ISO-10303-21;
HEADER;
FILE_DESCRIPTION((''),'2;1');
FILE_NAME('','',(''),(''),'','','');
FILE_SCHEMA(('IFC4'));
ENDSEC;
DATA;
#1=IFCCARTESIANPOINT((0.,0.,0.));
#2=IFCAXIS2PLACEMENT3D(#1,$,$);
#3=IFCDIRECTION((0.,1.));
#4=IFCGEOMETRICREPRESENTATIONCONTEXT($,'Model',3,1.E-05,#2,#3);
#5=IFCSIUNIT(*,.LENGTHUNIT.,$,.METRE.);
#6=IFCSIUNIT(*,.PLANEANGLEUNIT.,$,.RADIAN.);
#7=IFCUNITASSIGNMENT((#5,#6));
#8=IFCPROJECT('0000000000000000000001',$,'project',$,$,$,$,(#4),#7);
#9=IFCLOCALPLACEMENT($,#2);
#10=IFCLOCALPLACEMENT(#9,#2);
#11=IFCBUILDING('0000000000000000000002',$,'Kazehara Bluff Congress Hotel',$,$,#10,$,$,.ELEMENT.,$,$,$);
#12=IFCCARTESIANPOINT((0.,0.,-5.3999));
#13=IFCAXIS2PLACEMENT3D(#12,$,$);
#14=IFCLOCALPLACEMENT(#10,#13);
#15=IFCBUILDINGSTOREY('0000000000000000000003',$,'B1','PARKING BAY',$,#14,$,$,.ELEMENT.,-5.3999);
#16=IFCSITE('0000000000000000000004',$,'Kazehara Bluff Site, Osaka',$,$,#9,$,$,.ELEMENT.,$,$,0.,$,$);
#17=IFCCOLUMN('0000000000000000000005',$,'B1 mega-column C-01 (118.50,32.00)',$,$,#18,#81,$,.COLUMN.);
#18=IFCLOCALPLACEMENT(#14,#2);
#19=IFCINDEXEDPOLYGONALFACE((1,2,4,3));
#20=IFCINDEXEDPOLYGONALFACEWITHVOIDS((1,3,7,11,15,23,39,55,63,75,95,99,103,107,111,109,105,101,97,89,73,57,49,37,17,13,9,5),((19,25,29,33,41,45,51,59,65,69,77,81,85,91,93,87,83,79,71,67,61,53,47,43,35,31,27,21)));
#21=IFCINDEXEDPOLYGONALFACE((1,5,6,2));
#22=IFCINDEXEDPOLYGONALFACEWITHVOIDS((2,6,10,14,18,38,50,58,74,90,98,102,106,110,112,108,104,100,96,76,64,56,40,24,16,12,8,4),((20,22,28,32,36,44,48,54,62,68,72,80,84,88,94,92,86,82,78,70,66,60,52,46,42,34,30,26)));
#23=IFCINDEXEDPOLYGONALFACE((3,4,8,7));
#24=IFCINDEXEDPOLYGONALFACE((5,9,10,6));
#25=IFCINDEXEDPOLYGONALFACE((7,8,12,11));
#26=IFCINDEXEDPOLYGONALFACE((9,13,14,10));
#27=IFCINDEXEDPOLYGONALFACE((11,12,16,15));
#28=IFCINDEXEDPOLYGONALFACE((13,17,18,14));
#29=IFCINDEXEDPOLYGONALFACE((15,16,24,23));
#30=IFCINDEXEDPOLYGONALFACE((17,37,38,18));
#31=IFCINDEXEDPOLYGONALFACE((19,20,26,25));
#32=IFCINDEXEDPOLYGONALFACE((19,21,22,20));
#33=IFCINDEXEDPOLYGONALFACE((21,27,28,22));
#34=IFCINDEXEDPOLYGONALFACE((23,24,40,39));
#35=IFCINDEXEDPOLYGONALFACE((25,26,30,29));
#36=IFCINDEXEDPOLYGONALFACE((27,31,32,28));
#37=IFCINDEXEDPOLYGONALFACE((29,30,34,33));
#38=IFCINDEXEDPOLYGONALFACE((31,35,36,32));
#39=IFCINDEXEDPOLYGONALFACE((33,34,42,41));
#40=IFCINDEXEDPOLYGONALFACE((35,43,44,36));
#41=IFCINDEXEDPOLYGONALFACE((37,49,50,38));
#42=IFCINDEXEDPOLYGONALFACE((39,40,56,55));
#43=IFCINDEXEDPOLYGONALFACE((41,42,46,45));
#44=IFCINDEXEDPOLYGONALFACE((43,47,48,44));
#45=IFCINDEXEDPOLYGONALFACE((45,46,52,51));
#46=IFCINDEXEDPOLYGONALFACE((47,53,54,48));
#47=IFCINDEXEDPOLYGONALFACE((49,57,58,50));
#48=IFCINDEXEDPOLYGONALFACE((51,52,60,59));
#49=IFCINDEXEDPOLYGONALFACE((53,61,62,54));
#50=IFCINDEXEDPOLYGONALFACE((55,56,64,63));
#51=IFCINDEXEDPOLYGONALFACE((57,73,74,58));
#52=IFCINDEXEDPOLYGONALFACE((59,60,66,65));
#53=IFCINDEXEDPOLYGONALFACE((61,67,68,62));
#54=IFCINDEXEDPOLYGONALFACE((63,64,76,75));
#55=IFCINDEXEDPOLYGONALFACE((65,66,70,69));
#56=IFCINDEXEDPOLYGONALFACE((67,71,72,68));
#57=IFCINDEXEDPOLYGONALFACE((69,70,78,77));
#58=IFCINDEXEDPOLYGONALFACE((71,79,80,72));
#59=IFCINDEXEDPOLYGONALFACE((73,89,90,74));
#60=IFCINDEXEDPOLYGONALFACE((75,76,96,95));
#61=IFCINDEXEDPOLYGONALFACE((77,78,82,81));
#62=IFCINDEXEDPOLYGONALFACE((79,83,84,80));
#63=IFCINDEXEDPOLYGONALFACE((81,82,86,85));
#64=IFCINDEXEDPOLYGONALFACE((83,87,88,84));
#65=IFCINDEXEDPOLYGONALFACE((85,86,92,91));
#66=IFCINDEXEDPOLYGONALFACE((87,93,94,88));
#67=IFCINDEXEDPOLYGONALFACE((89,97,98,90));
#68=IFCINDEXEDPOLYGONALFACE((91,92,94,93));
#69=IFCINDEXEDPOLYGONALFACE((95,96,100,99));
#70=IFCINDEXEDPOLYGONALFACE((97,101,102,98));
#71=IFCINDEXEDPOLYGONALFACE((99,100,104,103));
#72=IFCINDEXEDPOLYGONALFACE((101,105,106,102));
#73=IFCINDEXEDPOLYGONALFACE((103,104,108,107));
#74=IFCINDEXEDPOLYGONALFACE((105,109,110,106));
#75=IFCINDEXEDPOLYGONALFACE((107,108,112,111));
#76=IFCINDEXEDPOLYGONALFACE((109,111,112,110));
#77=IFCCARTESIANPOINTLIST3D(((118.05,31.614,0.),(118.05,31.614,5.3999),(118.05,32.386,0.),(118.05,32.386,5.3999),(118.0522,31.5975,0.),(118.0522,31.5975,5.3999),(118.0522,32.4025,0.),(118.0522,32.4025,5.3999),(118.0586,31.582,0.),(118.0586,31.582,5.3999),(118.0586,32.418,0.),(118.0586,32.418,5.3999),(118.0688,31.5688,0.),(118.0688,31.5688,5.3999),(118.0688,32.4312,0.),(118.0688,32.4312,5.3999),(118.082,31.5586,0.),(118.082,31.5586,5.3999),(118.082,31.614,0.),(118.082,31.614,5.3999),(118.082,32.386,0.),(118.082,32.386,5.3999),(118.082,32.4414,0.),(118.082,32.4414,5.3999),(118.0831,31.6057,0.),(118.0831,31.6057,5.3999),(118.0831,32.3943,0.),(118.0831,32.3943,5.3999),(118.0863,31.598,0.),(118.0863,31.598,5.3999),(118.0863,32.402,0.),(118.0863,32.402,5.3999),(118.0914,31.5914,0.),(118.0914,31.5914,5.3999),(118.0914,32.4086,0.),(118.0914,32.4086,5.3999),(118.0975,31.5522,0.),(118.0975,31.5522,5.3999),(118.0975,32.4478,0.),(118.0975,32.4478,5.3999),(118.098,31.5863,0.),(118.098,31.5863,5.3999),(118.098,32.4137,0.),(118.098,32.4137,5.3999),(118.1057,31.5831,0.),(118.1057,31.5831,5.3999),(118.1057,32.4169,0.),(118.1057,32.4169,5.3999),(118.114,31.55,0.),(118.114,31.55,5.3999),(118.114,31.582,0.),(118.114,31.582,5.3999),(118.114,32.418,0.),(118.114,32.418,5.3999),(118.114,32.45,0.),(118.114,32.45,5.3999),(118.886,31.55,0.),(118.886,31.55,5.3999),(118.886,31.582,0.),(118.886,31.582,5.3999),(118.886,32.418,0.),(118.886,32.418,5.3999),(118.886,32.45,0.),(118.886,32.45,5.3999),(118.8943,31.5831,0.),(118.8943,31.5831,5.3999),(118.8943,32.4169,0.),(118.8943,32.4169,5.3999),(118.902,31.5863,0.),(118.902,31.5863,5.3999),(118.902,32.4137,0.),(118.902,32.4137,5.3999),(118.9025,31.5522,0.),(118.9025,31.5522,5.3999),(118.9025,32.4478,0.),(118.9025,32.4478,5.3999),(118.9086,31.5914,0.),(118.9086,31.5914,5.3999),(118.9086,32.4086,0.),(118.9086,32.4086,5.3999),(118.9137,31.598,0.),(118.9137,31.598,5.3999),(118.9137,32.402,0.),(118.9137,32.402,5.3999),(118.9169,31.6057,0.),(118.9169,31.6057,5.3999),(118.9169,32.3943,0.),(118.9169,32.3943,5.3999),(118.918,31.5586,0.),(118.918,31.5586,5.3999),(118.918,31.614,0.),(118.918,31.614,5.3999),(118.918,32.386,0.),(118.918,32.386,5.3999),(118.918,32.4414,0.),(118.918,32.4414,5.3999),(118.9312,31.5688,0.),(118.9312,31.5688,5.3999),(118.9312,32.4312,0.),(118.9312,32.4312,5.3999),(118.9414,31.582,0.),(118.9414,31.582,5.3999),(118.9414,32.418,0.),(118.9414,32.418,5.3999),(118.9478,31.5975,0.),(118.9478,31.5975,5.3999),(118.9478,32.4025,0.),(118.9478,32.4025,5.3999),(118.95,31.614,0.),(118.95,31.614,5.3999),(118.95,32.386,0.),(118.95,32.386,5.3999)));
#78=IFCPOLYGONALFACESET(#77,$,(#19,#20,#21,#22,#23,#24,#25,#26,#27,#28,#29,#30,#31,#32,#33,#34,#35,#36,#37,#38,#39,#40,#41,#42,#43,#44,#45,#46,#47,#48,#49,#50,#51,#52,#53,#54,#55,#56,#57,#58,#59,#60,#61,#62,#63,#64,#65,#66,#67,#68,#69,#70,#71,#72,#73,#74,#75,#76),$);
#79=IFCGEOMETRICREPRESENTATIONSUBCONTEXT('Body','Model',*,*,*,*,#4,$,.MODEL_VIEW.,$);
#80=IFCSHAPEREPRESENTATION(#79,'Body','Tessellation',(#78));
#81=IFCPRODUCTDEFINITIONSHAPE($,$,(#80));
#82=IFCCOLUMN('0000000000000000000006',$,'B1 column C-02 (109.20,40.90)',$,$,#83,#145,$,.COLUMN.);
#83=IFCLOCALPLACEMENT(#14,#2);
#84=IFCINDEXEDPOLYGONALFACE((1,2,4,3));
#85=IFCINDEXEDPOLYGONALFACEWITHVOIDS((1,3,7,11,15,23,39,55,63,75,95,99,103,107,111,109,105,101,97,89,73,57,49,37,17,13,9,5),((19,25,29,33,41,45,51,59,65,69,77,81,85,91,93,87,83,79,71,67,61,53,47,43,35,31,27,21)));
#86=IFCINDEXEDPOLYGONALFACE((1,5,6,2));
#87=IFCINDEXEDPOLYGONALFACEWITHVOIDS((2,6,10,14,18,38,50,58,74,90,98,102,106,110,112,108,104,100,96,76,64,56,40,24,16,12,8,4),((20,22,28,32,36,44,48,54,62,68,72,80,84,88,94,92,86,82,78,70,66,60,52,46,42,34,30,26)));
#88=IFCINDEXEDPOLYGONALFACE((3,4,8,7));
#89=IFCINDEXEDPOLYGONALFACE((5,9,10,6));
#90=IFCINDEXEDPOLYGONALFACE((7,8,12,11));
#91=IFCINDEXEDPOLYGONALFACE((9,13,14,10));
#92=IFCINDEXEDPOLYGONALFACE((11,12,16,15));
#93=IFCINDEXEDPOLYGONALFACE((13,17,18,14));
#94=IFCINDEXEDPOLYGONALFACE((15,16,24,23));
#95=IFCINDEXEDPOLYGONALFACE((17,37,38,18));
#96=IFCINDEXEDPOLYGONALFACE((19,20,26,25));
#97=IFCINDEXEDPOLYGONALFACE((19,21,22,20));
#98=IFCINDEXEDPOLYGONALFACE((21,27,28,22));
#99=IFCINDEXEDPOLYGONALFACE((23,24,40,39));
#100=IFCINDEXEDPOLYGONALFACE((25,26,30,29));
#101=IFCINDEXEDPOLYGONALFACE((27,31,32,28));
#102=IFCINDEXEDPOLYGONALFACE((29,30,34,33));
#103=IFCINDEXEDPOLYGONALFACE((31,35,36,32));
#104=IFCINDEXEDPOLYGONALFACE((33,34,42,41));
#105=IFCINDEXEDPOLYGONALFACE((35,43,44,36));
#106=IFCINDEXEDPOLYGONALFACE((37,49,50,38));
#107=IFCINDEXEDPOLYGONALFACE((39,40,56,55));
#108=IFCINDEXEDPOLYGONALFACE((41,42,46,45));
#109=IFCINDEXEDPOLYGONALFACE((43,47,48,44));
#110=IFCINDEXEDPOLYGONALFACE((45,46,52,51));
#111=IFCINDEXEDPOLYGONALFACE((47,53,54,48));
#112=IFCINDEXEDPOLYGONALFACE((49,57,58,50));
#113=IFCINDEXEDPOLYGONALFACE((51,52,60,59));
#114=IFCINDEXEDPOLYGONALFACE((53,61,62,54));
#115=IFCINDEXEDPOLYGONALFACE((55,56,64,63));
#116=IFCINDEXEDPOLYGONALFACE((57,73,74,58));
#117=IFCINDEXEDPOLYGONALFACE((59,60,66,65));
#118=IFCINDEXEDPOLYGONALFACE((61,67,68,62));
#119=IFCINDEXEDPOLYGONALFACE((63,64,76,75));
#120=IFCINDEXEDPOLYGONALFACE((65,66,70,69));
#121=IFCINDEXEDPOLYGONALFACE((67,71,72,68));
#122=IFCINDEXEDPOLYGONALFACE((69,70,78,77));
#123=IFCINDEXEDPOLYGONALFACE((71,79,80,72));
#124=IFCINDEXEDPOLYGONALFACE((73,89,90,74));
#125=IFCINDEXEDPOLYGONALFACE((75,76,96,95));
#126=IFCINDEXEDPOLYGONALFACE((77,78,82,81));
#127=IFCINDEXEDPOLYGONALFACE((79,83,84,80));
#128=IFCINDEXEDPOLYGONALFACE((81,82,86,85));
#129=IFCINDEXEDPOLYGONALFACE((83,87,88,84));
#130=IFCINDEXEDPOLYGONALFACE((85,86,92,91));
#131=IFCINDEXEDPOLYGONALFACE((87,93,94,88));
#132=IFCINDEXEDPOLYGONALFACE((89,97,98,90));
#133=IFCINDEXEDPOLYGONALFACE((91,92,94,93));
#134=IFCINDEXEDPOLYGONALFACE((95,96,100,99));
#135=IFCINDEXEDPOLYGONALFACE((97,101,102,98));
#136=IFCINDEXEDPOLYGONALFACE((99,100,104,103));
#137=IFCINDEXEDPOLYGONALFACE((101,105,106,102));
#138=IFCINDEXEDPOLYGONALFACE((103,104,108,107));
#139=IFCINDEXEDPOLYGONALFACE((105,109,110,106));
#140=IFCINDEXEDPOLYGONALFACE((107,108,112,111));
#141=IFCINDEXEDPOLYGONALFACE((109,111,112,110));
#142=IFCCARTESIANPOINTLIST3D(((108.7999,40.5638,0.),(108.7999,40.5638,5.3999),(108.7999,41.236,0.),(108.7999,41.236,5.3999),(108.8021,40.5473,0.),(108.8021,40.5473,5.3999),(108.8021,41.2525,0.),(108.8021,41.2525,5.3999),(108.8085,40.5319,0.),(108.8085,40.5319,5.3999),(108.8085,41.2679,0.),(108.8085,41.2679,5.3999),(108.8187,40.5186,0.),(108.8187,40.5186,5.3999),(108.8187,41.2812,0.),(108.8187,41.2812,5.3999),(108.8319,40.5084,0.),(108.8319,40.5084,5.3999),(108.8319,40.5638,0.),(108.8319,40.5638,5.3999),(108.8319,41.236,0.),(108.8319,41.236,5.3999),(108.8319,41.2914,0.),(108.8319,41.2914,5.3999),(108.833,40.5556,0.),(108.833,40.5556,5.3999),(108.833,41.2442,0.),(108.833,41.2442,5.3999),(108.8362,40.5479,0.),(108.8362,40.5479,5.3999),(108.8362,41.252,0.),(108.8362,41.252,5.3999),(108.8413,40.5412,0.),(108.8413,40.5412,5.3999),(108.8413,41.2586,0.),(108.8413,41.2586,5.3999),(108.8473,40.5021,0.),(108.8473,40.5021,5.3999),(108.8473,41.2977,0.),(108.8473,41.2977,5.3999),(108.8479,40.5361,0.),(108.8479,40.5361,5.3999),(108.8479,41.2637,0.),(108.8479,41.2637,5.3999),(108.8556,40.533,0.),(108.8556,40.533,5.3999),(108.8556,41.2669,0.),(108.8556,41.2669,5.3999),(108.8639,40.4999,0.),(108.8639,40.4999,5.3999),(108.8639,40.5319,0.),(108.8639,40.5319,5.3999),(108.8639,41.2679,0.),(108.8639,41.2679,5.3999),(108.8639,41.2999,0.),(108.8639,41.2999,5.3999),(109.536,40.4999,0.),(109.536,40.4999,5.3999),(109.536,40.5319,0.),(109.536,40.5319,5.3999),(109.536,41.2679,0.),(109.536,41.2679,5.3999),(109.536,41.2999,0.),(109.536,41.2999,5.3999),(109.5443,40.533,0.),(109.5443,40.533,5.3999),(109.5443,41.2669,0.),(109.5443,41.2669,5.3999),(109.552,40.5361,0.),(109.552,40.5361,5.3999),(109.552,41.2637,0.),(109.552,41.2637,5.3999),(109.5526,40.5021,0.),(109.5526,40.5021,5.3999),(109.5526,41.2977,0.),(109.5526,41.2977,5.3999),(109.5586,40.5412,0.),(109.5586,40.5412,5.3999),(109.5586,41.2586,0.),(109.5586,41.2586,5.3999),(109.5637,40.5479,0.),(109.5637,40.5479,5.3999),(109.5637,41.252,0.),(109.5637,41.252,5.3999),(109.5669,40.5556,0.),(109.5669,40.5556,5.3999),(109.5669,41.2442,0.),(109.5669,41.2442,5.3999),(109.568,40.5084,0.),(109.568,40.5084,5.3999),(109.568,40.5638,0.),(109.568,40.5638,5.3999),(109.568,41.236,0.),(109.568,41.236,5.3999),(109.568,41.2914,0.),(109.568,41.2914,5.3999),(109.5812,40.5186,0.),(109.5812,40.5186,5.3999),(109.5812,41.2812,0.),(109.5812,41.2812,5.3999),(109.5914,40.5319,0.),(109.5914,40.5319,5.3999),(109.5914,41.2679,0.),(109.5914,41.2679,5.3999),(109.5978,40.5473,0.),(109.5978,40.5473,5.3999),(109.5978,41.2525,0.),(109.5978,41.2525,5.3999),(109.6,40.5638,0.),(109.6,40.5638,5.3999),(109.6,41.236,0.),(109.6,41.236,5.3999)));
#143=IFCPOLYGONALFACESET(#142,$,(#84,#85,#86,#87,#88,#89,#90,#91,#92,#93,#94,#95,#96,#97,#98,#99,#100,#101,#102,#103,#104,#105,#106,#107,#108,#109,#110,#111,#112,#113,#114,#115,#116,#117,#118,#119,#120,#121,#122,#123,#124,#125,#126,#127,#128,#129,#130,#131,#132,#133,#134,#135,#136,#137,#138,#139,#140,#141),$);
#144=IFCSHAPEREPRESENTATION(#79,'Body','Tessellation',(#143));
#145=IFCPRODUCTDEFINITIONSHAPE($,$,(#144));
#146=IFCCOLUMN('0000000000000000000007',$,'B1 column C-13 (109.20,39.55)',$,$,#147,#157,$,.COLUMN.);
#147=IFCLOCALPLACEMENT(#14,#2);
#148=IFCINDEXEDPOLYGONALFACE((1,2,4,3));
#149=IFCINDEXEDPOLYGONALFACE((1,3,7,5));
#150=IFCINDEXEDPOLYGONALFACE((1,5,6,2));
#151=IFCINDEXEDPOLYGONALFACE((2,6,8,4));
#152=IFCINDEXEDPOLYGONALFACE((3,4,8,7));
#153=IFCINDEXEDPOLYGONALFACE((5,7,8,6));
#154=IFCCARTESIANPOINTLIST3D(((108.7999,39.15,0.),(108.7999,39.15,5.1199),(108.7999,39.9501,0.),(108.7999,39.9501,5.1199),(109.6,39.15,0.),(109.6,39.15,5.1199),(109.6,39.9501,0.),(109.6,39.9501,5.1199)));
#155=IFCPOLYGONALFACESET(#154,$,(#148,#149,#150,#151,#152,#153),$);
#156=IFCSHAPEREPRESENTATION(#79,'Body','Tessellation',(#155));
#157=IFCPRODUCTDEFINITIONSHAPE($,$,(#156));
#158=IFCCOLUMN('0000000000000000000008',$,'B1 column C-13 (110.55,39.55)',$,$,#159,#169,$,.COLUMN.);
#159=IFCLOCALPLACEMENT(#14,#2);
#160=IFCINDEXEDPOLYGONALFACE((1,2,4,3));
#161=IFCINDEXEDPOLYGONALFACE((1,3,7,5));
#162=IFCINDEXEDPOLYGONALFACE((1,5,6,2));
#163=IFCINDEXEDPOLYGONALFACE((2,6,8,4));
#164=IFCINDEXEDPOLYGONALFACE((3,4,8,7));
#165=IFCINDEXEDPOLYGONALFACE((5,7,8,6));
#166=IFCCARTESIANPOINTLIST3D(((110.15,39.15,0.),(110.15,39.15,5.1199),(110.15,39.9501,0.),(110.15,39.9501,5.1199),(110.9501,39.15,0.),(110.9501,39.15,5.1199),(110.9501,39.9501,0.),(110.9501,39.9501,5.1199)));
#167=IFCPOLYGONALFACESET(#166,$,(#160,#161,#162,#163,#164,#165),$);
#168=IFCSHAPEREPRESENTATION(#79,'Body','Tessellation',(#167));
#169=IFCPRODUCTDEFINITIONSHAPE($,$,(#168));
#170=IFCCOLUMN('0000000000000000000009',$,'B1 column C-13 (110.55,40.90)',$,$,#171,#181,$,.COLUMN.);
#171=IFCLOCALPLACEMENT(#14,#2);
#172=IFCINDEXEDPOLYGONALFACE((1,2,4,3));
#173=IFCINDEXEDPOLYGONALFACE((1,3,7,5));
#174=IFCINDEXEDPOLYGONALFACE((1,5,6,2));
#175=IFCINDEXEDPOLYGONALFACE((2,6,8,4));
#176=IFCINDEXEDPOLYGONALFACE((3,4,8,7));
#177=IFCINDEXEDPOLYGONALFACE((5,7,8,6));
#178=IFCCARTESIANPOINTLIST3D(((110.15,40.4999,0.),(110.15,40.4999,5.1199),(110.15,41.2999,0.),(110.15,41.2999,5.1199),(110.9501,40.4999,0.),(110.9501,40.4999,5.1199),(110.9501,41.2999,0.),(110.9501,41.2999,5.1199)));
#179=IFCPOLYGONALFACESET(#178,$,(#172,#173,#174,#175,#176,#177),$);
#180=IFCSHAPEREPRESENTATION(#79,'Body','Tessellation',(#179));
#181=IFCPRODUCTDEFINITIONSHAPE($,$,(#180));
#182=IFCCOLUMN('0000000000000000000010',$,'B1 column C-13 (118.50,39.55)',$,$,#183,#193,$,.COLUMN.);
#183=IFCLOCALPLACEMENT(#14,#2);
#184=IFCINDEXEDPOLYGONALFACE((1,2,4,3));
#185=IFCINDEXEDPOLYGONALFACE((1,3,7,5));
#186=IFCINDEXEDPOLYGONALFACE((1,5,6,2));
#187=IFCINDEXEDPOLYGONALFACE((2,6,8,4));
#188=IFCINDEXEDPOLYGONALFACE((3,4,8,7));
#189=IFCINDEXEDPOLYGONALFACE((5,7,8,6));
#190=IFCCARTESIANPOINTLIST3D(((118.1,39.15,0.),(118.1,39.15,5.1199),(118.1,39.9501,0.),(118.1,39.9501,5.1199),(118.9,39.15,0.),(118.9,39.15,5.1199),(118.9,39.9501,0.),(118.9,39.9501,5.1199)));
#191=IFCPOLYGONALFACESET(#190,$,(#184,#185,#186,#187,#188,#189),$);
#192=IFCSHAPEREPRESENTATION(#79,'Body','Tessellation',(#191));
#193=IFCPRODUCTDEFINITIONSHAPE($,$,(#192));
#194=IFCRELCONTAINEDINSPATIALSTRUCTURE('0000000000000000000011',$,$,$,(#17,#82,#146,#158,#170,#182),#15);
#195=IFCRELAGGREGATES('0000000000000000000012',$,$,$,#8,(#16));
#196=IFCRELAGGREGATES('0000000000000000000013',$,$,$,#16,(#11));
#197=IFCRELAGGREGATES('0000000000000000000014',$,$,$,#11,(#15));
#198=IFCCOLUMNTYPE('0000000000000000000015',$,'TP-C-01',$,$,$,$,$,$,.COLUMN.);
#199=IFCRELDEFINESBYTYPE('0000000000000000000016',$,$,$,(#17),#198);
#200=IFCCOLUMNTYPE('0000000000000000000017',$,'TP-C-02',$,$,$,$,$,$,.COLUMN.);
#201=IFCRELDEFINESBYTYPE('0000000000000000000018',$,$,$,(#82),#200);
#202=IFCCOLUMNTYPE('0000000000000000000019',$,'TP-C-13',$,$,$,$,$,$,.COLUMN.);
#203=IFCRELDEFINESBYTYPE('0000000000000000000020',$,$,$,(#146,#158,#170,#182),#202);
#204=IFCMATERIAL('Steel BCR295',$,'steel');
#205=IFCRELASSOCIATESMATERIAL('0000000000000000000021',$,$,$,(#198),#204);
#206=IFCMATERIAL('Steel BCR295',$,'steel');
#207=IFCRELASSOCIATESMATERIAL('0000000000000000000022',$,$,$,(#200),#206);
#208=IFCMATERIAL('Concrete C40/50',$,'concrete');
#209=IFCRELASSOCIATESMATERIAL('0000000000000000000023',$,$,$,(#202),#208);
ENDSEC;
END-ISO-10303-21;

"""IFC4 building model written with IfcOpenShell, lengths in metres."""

from ifc_helpers import new_model, si_unit, direction, frame, origin, origin_2d, place, context, subcontext, project, spatial, rectangle, hollow_rectangle, extrude, material, material_profile, profile_set, type_object, element, save


model = new_model("IFC4")

# Units and contexts
model_context = context("Model", 3, precision=1e-05, world=origin(), true_north=direction((0.0, 1.0)))
body_context = subcontext(model_context, "Body", "Model", "MODEL_VIEW")
ifc_project = project(units=[si_unit("LENGTHUNIT", "METRE"), si_unit("PLANEANGLEUNIT", "RADIAN")], contexts=[model_context])

# Site, building, storey
site_placement = place(None, origin())
site = spatial("IfcSite", under=ifc_project, at=site_placement, Name="Kazehara Bluff Site, Osaka", CompositionType="ELEMENT", RefElevation=0.0)
building_placement = place(site_placement, origin())
building = spatial("IfcBuilding", under=site, at=building_placement, Name="Kazehara Bluff Congress Hotel", CompositionType="ELEMENT")
storey_placement = place(building_placement, frame((0.0, 0.0, -5.3999)))
storey = spatial("IfcBuildingStorey", under=building, at=storey_placement, Name="B1", Description="PARKING BAY", CompositionType="ELEMENT", Elevation=-5.3999)

# Columns
ifc_material_1 = material(Name="Steel BCR295", Category="steel")
ifc_material_profile_1 = material_profile(ifc_material_1, hollow_rectangle(XDim=0.8999, YDim=0.8999, WallThickness=0.032, InnerFilletRadius=0.032, OuterFilletRadius=0.064, at=origin_2d()))
ifc_profile_set_1 = profile_set([ifc_material_profile_1], Name="Steel BCR295")
column_type_1 = type_object("IfcColumnType", Name="TP-C-01", PredefinedType="COLUMN", material=ifc_profile_set_1)
column_1_placement = place(storey_placement, frame((118.5, 32.0, 0.0), z_axis=(0.0, 0.0, 1.0), x_axis=(1.0, 0.0, 0.0)))
element("IfcColumn", 1, at=column_1_placement, inside=storey, type_object=column_type_1, Name="B1 mega-column C-01 (118.50,32.00)", PredefinedType="COLUMN", context=body_context, shape_type="SweptSolid", body=[
    extrude(hollow_rectangle(XDim=0.8999, YDim=0.8999, WallThickness=0.032, InnerFilletRadius=0.032, OuterFilletRadius=0.064, at=origin_2d()), origin(), (0.0, 0.0, 1.0), 5.3999),
])
ifc_material_2 = material(Name="Steel BCR295", Category="steel")
ifc_material_profile_2 = material_profile(ifc_material_2, hollow_rectangle(XDim=0.8, YDim=0.8, WallThickness=0.032, InnerFilletRadius=0.032, OuterFilletRadius=0.064, at=origin_2d()))
ifc_profile_set_2 = profile_set([ifc_material_profile_2], Name="Steel BCR295")
column_type_2 = type_object("IfcColumnType", Name="TP-C-02", PredefinedType="COLUMN", material=ifc_profile_set_2)
column_2_placement = place(storey_placement, frame((109.2, 40.8999, 0.0), z_axis=(0.0, 0.0, 1.0), x_axis=(1.0, 0.0, 0.0)))
element("IfcColumn", 2, at=column_2_placement, inside=storey, type_object=column_type_2, Name="B1 column C-02 (109.20,40.90)", PredefinedType="COLUMN", context=body_context, shape_type="SweptSolid", body=[
    extrude(hollow_rectangle(XDim=0.8, YDim=0.8, WallThickness=0.032, InnerFilletRadius=0.032, OuterFilletRadius=0.064, at=origin_2d()), origin(), (0.0, 0.0, 1.0), 5.3999),
])
ifc_material_3 = material(Name="Concrete C40/50", Category="concrete")
ifc_material_profile_3 = material_profile(ifc_material_3, rectangle(XDim=0.8, YDim=0.8, at=origin_2d()))
ifc_profile_set_3 = profile_set([ifc_material_profile_3], Name="Concrete C40/50")
column_type_3 = type_object("IfcColumnType", Name="TP-C-13", PredefinedType="COLUMN", material=ifc_profile_set_3)
for number, where, z_axis, x_axis, name in (
    (3, (109.2, 39.55, 0.0), (0.0, 0.0, 1.0), (1.0, 0.0, 0.0), "B1 column C-13 (109.20,39.55)"),
    (4, (110.55, 39.55, 0.0), (0.0, 0.0, 1.0), (1.0, 0.0, 0.0), "B1 column C-13 (110.55,39.55)"),
    (5, (110.55, 40.8999, 0.0), (0.0, 0.0, 1.0), (1.0, 0.0, 0.0), "B1 column C-13 (110.55,40.90)"),
    (6, (118.5, 39.55, 0.0), (0.0, 0.0, 1.0), (1.0, 0.0, 0.0), "B1 column C-13 (118.50,39.55)"),
):
    element("IfcColumn", number, at=place(storey_placement, frame(where, z_axis=z_axis, x_axis=x_axis)), inside=storey, type_object=column_type_3, Name=name, PredefinedType="COLUMN", context=body_context, shape_type="SweptSolid", body=[
        extrude(rectangle(XDim=0.8, YDim=0.8, at=origin_2d()), origin(), (0.0, 0.0, 1.0), 5.1199),
    ])

save(model, "model.ifc")
